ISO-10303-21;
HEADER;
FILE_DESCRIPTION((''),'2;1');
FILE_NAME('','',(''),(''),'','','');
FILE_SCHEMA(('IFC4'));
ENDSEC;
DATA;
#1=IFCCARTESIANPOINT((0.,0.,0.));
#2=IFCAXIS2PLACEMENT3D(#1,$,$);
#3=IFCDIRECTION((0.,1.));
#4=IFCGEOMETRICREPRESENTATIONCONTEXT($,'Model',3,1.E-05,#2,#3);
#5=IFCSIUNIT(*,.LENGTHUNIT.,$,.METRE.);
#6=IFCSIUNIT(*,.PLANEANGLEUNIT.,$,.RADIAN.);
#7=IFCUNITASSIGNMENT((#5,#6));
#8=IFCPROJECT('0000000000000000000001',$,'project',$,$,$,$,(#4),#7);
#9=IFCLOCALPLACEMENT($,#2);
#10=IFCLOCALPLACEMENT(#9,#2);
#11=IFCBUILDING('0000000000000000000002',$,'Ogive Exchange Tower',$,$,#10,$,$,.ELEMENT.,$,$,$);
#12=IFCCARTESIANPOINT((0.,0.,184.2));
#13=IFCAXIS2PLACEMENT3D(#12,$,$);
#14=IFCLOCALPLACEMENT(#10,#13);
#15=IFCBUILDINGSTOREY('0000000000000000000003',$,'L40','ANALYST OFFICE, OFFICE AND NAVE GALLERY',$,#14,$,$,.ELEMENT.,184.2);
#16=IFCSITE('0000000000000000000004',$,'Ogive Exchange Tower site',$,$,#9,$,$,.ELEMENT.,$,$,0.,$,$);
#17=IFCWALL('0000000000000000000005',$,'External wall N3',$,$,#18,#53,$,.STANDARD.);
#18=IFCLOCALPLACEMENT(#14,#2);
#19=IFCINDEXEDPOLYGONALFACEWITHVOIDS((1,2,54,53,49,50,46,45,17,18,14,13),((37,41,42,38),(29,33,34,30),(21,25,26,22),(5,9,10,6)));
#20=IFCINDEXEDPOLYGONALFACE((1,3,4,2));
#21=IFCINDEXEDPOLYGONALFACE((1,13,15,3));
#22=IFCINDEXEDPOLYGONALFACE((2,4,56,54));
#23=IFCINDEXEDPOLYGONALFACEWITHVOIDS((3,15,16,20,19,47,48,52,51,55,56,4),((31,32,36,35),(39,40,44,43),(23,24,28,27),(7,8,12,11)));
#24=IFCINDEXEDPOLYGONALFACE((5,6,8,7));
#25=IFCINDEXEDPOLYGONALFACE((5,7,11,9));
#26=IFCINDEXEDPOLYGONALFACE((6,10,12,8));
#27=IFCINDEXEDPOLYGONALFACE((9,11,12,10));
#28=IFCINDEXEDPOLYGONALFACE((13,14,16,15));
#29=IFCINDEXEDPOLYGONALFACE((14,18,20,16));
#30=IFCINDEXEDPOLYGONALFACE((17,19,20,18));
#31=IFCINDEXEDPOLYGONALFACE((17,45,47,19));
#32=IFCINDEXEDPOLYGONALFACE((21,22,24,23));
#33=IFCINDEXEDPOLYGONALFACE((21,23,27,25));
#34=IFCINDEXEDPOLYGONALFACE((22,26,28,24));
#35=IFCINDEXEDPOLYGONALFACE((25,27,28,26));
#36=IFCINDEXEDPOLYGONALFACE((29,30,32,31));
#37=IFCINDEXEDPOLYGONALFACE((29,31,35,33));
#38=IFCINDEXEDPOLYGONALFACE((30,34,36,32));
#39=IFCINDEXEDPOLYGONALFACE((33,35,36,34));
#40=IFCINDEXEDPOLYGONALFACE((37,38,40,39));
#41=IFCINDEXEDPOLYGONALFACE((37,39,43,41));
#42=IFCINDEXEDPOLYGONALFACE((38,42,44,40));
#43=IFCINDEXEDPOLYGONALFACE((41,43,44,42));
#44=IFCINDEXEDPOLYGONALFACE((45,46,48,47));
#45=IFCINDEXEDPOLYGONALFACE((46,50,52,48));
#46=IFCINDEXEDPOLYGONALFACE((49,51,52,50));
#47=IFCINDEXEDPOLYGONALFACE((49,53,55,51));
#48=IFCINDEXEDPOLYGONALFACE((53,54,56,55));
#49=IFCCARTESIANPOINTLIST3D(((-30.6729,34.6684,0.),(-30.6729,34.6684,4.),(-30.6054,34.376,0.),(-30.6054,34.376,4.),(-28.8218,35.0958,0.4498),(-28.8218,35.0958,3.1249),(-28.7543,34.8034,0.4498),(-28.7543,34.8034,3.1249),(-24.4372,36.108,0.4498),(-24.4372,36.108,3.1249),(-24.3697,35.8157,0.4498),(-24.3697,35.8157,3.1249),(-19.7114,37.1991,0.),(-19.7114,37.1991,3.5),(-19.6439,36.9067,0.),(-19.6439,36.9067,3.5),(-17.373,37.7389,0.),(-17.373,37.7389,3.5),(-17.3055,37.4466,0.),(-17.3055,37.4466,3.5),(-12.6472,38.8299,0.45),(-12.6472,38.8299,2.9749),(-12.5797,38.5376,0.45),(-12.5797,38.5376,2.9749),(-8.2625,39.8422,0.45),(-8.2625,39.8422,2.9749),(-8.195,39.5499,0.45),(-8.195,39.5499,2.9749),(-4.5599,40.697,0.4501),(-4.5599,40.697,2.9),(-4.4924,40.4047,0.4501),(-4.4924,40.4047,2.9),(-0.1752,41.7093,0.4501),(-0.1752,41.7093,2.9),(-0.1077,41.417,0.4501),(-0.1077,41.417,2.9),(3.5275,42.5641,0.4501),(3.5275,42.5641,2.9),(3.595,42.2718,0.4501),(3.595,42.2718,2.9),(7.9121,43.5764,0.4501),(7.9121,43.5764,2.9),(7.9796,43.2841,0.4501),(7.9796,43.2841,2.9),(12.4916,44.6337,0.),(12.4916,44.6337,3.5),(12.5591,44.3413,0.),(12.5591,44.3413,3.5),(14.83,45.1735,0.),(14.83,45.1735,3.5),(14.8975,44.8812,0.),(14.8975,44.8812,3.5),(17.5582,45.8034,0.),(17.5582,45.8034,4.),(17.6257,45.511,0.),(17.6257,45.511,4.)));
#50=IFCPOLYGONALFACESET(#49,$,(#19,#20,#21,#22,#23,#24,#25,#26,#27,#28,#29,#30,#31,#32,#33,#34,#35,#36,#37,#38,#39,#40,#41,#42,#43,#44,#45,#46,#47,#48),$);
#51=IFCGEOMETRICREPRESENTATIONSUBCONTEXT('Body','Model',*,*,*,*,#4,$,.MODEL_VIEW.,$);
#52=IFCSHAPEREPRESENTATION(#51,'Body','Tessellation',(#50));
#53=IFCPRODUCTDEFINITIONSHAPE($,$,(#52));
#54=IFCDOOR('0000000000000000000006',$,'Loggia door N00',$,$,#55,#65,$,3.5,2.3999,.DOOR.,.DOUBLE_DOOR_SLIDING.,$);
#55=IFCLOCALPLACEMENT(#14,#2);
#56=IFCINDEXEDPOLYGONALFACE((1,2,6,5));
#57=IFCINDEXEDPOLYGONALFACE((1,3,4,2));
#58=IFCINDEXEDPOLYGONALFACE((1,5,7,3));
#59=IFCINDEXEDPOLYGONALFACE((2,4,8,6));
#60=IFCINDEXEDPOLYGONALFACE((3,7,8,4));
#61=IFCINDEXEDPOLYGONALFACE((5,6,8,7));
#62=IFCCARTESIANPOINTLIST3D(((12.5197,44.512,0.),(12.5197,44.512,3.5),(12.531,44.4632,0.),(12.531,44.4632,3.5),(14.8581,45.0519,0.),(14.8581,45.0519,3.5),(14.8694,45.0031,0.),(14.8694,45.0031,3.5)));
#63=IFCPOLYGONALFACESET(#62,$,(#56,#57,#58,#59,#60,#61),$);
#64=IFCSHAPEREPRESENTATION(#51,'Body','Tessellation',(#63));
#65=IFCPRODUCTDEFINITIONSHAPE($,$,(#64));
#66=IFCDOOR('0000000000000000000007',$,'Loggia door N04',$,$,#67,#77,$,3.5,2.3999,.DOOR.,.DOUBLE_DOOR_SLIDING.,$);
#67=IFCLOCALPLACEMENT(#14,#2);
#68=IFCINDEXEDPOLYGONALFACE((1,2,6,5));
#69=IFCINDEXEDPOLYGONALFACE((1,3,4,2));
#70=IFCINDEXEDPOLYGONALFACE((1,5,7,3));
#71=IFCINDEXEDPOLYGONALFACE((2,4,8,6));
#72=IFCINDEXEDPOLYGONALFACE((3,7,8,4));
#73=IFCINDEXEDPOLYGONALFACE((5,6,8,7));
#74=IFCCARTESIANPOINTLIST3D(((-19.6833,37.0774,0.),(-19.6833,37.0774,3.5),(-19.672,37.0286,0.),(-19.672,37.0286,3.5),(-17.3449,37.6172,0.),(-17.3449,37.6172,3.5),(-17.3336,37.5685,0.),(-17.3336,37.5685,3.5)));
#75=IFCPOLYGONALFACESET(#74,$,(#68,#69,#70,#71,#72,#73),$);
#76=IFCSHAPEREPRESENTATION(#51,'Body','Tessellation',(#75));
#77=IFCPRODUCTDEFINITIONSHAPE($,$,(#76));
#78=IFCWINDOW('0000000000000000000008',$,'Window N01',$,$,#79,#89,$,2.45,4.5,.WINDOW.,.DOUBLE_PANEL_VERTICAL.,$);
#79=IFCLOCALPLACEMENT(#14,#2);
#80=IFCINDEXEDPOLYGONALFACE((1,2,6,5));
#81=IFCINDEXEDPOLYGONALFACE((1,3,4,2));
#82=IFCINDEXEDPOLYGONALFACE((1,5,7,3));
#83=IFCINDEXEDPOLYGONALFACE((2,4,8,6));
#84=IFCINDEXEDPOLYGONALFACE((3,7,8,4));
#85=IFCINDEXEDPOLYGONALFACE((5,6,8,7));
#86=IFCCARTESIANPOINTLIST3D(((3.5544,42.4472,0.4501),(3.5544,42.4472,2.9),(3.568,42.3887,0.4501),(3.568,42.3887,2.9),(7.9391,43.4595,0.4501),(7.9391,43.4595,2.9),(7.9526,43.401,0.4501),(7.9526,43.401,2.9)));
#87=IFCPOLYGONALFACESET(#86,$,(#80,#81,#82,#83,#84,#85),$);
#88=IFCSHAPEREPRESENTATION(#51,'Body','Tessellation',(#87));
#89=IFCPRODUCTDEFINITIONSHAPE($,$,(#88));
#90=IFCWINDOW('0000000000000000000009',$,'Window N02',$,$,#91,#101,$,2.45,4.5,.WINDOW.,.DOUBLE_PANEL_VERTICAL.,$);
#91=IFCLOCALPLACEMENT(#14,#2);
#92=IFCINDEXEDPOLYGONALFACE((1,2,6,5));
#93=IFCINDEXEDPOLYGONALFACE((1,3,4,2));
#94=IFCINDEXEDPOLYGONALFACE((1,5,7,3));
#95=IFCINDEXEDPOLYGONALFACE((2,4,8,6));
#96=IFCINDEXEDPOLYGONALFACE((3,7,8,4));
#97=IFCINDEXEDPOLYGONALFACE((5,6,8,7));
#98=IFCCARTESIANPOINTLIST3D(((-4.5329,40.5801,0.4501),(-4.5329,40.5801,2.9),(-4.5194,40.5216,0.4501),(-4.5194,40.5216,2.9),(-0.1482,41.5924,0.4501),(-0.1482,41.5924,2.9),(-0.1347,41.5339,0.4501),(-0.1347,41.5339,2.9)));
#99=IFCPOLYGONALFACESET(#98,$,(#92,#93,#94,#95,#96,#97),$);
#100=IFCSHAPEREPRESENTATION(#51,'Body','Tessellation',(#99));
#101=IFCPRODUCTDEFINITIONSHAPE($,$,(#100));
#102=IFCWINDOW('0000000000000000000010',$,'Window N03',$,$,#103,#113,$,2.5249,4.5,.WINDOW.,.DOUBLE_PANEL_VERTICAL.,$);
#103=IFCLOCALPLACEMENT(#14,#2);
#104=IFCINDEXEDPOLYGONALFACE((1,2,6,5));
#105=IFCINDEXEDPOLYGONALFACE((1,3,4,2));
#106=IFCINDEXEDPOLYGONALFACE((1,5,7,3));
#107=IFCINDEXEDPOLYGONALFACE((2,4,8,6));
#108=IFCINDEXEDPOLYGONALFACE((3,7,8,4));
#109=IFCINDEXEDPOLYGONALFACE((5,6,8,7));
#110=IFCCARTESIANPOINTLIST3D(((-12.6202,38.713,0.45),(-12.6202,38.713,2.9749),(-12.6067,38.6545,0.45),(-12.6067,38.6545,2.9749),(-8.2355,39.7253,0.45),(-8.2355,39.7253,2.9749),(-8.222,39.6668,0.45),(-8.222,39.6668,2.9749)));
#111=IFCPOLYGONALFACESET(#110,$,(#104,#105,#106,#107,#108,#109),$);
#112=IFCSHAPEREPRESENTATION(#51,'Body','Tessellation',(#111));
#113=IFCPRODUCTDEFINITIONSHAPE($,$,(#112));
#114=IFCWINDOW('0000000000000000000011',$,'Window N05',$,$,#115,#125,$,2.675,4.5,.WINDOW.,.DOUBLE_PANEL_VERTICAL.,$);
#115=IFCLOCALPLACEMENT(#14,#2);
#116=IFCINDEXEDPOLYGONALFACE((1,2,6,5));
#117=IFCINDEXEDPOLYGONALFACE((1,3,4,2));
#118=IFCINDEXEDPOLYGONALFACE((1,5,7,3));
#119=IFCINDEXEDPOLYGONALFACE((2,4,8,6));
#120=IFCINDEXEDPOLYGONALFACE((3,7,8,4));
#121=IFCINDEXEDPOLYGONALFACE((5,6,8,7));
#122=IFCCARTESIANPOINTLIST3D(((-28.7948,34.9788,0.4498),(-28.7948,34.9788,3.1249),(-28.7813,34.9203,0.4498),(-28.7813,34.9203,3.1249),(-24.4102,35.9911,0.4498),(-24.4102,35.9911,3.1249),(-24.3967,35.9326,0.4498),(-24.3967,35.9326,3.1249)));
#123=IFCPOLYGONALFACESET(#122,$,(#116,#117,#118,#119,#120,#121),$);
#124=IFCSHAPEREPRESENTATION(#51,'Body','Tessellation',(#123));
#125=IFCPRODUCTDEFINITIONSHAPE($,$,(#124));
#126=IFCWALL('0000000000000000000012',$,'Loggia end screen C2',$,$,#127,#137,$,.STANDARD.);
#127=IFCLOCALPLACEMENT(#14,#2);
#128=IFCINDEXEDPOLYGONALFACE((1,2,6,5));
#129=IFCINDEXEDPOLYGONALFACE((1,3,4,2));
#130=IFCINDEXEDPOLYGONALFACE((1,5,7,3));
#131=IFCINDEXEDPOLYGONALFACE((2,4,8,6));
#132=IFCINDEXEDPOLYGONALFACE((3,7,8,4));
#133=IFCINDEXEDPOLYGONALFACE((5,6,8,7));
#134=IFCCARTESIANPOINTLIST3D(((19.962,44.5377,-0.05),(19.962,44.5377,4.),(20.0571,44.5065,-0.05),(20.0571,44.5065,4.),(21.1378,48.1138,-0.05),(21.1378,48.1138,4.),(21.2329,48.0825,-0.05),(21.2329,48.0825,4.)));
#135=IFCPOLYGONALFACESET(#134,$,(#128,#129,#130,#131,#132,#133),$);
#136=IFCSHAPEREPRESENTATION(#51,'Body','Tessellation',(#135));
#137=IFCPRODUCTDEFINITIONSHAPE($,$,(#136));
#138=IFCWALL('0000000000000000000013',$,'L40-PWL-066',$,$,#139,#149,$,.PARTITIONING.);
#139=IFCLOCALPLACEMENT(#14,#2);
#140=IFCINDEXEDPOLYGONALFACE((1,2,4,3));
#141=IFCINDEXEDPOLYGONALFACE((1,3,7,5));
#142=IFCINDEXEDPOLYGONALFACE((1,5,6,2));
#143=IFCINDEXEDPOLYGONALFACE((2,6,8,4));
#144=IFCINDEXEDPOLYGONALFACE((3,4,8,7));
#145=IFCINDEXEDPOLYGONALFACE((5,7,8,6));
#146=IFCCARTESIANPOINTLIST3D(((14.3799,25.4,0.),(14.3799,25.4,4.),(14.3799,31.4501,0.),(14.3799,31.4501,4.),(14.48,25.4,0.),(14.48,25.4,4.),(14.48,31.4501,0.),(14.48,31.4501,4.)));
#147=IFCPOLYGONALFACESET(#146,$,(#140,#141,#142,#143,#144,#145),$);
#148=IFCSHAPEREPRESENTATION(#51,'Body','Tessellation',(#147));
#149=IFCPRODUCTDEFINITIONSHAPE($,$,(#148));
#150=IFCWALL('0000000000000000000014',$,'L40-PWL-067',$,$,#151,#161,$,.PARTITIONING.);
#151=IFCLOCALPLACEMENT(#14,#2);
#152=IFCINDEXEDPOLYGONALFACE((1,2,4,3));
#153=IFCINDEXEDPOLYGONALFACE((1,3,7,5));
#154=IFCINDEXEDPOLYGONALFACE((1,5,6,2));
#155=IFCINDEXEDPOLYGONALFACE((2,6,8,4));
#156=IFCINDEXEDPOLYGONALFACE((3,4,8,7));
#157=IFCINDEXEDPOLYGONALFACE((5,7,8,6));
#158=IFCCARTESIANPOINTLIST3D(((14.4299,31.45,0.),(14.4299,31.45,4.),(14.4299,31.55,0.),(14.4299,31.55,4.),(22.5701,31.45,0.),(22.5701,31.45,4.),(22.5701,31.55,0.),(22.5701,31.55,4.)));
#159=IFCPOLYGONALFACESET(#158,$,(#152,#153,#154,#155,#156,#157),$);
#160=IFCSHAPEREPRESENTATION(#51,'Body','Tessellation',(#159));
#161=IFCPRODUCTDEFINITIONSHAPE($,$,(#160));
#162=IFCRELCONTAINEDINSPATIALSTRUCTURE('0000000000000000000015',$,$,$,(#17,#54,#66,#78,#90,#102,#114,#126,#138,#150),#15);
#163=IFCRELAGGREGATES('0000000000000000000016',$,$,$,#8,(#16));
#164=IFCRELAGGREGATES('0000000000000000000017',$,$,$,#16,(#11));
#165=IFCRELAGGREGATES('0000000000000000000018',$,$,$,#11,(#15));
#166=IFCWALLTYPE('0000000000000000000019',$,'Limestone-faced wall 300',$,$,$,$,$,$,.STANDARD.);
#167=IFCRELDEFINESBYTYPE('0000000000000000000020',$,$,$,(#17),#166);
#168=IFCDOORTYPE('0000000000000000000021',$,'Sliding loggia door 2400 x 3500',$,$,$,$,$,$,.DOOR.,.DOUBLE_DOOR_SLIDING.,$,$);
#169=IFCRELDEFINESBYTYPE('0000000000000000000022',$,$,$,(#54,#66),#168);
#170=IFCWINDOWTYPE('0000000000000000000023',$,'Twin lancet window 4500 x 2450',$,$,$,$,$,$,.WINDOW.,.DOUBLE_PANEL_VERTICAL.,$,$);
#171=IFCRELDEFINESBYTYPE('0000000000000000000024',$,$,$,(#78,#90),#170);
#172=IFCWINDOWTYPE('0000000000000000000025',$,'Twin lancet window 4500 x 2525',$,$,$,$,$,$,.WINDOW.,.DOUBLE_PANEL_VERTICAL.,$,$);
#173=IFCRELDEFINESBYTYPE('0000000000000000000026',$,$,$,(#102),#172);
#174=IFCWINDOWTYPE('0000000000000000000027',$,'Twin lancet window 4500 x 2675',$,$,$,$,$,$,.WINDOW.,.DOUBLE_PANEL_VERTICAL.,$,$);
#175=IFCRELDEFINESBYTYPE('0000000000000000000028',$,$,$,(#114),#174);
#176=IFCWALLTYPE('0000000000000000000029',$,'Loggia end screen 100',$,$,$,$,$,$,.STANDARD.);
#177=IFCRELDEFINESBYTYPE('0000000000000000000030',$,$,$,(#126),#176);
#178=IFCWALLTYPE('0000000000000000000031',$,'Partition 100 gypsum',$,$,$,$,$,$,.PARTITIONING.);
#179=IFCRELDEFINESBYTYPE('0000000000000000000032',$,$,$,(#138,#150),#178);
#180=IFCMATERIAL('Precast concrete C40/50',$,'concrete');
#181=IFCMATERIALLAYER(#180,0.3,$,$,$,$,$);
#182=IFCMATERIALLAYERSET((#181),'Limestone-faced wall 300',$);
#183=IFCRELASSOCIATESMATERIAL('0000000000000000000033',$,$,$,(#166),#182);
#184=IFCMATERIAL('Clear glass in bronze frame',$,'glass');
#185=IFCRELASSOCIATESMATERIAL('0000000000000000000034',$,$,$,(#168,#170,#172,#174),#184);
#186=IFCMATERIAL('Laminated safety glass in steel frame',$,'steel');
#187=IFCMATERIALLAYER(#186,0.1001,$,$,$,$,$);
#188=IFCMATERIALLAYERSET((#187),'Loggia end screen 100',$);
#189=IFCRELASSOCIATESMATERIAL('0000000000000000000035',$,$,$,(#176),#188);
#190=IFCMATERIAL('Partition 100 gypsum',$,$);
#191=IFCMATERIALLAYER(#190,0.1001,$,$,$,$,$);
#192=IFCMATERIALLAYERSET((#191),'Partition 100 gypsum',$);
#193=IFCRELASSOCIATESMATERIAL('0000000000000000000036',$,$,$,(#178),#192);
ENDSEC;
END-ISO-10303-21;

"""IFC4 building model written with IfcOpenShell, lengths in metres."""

from ifc_helpers import new_model, si_unit, direction, frame, frame_2d, origin, place, context, subcontext, project, spatial, rectangle, extrude, material, layer, layer_set, type_object, element, fill, save


model = new_model("IFC4")

# Units and contexts
model_context = context("Model", 3, precision=1e-05, world=origin(), true_north=direction((0.0, 1.0)))
body_context = subcontext(model_context, "Body", "Model", "MODEL_VIEW")
ifc_project = project(units=[si_unit("LENGTHUNIT", "METRE"), si_unit("PLANEANGLEUNIT", "RADIAN")], contexts=[model_context])

# Site, building, storey
site_placement = place(None, origin())
site = spatial("IfcSite", under=ifc_project, at=site_placement, Name="Ogive Exchange Tower site", CompositionType="ELEMENT", RefElevation=0.0)
building_placement = place(site_placement, origin())
building = spatial("IfcBuilding", under=site, at=building_placement, Name="Ogive Exchange Tower", CompositionType="ELEMENT")
storey_placement = place(building_placement, frame((0.0, 0.0, 184.2)))
storey = spatial("IfcBuildingStorey", under=building, at=storey_placement, Name="L40", Description="ANALYST OFFICE, OFFICE AND NAVE GALLERY", CompositionType="ELEMENT", Elevation=184.2)

# Wall, openings, doors, windows
ifc_material_1 = material(Name="Precast concrete C40/50", Category="concrete")
ifc_layer_1 = layer(ifc_material_1, 0.3)
ifc_layer_set_1 = layer_set([ifc_layer_1], Name="Limestone-faced wall 300")
wall_type_1 = type_object("IfcWallType", Name="Limestone-faced wall 300", PredefinedType="STANDARD", material=ifc_layer_set_1)
wall_1_placement = place(storey_placement, frame((17.592, 45.6572, 0.0), z_axis=(0.0, 0.0, 1.0), x_axis=(-0.97437, -0.22495, 0.0)))
wall_1 = element("IfcWall", 1, at=wall_1_placement, inside=storey, type_object=wall_type_1, Name="External wall N3", PredefinedType="STANDARD", context=body_context, shape_type="SweptSolid", body=[
    extrude(rectangle(XDim=49.4998, YDim=0.3, at=frame_2d((24.75, 0.0))), origin(), (0.0, 0.0, 1.0), 4.0),
])
opening_1_placement = place(wall_1_placement, frame((2.8, 0.0, 0.0)))
opening_1 = element("IfcOpeningElement", 2, at=opening_1_placement, cuts=wall_1, PredefinedType="OPENING", context=body_context, shape_type="SweptSolid", body=[
    extrude(rectangle(XDim=2.3999, YDim=3.5, at=frame_2d((1.2, 1.75))), frame((0.0, 0.1599, 0.0), z_axis=(0.0, -1.0, 0.0), x_axis=(1.0, 0.0, 0.0)), (0.0, 0.0, 1.0), 0.3201),
])
opening_2_placement = place(wall_1_placement, frame((9.8999, 0.0, 0.45)))
opening_2 = element("IfcOpeningElement", 3, at=opening_2_placement, cuts=wall_1, PredefinedType="OPENING", context=body_context, shape_type="SweptSolid", body=[
    extrude(rectangle(XDim=4.5, YDim=2.45, at=frame_2d((2.25, 1.2251))), frame((0.0, 0.1599, 0.0), z_axis=(0.0, -1.0, 0.0), x_axis=(1.0, 0.0, 0.0)), (0.0, 0.0, 1.0), 0.3201),
])
opening_3_placement = place(wall_1_placement, frame((18.2, 0.0, 0.45)))
opening_3 = element("IfcOpeningElement", 4, at=opening_3_placement, cuts=wall_1, PredefinedType="OPENING", context=body_context, shape_type="SweptSolid", body=[
    extrude(rectangle(XDim=4.5, YDim=2.45, at=frame_2d((2.25, 1.2251))), frame((0.0, 0.1599, 0.0), z_axis=(0.0, -1.0, 0.0), x_axis=(1.0, 0.0, 0.0)), (0.0, 0.0, 1.0), 0.3201),
])
opening_4_placement = place(wall_1_placement, frame((26.5, 0.0, 0.45)))
opening_4 = element("IfcOpeningElement", 5, at=opening_4_placement, cuts=wall_1, PredefinedType="OPENING", context=body_context, shape_type="SweptSolid", body=[
    extrude(rectangle(XDim=4.5, YDim=2.5249, at=frame_2d((2.25, 1.2625))), frame((0.0, 0.1599, 0.0), z_axis=(0.0, -1.0, 0.0), x_axis=(1.0, 0.0, 0.0)), (0.0, 0.0, 1.0), 0.3201),
])
opening_5_placement = place(wall_1_placement, frame((35.8501, 0.0, 0.0)))
opening_5 = element("IfcOpeningElement", 6, at=opening_5_placement, cuts=wall_1, PredefinedType="OPENING", context=body_context, shape_type="SweptSolid", body=[
    extrude(rectangle(XDim=2.3999, YDim=3.5, at=frame_2d((1.2, 1.75))), frame((0.0, 0.1599, 0.0), z_axis=(0.0, -1.0, 0.0), x_axis=(1.0, 0.0, 0.0)), (0.0, 0.0, 1.0), 0.3201),
])
opening_6_placement = place(wall_1_placement, frame((43.1001, 0.0, 0.45)))
opening_6 = element("IfcOpeningElement", 7, at=opening_6_placement, cuts=wall_1, PredefinedType="OPENING", context=body_context, shape_type="SweptSolid", body=[
    extrude(rectangle(XDim=4.5, YDim=2.675, at=frame_2d((2.25, 1.3374))), frame((0.0, 0.1599, 0.0), z_axis=(0.0, -1.0, 0.0), x_axis=(1.0, 0.0, 0.0)), (0.0, 0.0, 1.0), 0.3201),
])
ifc_material_2 = material(Name="Clear glass in bronze frame", Category="glass")
door_type = type_object("IfcDoorType", Name="Sliding loggia door 2400 x 3500", OperationType="DOUBLE_DOOR_SLIDING", PredefinedType="DOOR", material=ifc_material_2)
door_1_placement = place(opening_1_placement, origin())
door_1 = element("IfcDoor", 8, at=door_1_placement, inside=storey, type_object=door_type, Name="Loggia door N00", OperationType="DOUBLE_DOOR_SLIDING", OverallHeight=3.5, OverallWidth=2.3999, PredefinedType="DOOR", context=body_context, shape_type="SweptSolid", body=[
    extrude(rectangle(XDim=2.3999, YDim=3.5, at=frame_2d((1.2, 1.75))), frame((0.0, 0.0249, 0.0), z_axis=(0.0, -1.0, 0.0), x_axis=(1.0, 0.0, 0.0)), (0.0, 0.0, 1.0), 0.05),
])
fill(opening_1, door_1)
door_2_placement = place(opening_5_placement, origin())
door_2 = element("IfcDoor", 9, at=door_2_placement, inside=storey, type_object=door_type, Name="Loggia door N04", OperationType="DOUBLE_DOOR_SLIDING", OverallHeight=3.5, OverallWidth=2.3999, PredefinedType="DOOR", context=body_context, shape_type="SweptSolid", body=[
    extrude(rectangle(XDim=2.3999, YDim=3.5, at=frame_2d((1.2, 1.75))), frame((0.0, 0.0249, 0.0), z_axis=(0.0, -1.0, 0.0), x_axis=(1.0, 0.0, 0.0)), (0.0, 0.0, 1.0), 0.05),
])
fill(opening_5, door_2)
window_type_1 = type_object("IfcWindowType", Name="Twin lancet window 4500 x 2450", PartitioningType="DOUBLE_PANEL_VERTICAL", PredefinedType="WINDOW", material=ifc_material_2)
window_1_placement = place(opening_2_placement, origin())
window_1 = element("IfcWindow", 10, at=window_1_placement, inside=storey, type_object=window_type_1, Name="Window N01", OverallHeight=2.45, OverallWidth=4.5, PartitioningType="DOUBLE_PANEL_VERTICAL", PredefinedType="WINDOW", context=body_context, shape_type="SweptSolid", body=[
    extrude(rectangle(XDim=4.5, YDim=2.45, at=frame_2d((2.25, 1.2251))), frame((0.0, 0.03, 0.0), z_axis=(0.0, -1.0, 0.0), x_axis=(1.0, 0.0, 0.0)), (0.0, 0.0, 1.0), 0.0601),
])
fill(opening_2, window_1)
window_2_placement = place(opening_3_placement, origin())
window_2 = element("IfcWindow", 11, at=window_2_placement, inside=storey, type_object=window_type_1, Name="Window N02", OverallHeight=2.45, OverallWidth=4.5, PartitioningType="DOUBLE_PANEL_VERTICAL", PredefinedType="WINDOW", context=body_context, shape_type="SweptSolid", body=[
    extrude(rectangle(XDim=4.5, YDim=2.45, at=frame_2d((2.25, 1.2251))), frame((0.0, 0.03, 0.0), z_axis=(0.0, -1.0, 0.0), x_axis=(1.0, 0.0, 0.0)), (0.0, 0.0, 1.0), 0.0601),
])
fill(opening_3, window_2)
window_type_2 = type_object("IfcWindowType", Name="Twin lancet window 4500 x 2525", PartitioningType="DOUBLE_PANEL_VERTICAL", PredefinedType="WINDOW", material=ifc_material_2)
window_3_placement = place(opening_4_placement, origin())
window_3 = element("IfcWindow", 12, at=window_3_placement, inside=storey, type_object=window_type_2, Name="Window N03", OverallHeight=2.5249, OverallWidth=4.5, PartitioningType="DOUBLE_PANEL_VERTICAL", PredefinedType="WINDOW", context=body_context, shape_type="SweptSolid", body=[
    extrude(rectangle(XDim=4.5, YDim=2.5249, at=frame_2d((2.25, 1.2625))), frame((0.0, 0.03, 0.0), z_axis=(0.0, -1.0, 0.0), x_axis=(1.0, 0.0, 0.0)), (0.0, 0.0, 1.0), 0.0601),
])
fill(opening_4, window_3)
window_type_3 = type_object("IfcWindowType", Name="Twin lancet window 4500 x 2675", PartitioningType="DOUBLE_PANEL_VERTICAL", PredefinedType="WINDOW", material=ifc_material_2)
window_4_placement = place(opening_6_placement, origin())
window_4 = element("IfcWindow", 13, at=window_4_placement, inside=storey, type_object=window_type_3, Name="Window N05", OverallHeight=2.675, OverallWidth=4.5, PartitioningType="DOUBLE_PANEL_VERTICAL", PredefinedType="WINDOW", context=body_context, shape_type="SweptSolid", body=[
    extrude(rectangle(XDim=4.5, YDim=2.675, at=frame_2d((2.25, 1.3374))), frame((0.0, 0.03, 0.0), z_axis=(0.0, -1.0, 0.0), x_axis=(1.0, 0.0, 0.0)), (0.0, 0.0, 1.0), 0.0601),
])
fill(opening_6, window_4)

# Walls
ifc_material_3 = material(Name="Laminated safety glass in steel frame", Category="steel")
ifc_layer_2 = layer(ifc_material_3, 0.1001)
ifc_layer_set_2 = layer_set([ifc_layer_2], Name="Loggia end screen 100")
wall_type_2 = type_object("IfcWallType", Name="Loggia end screen 100", PredefinedType="STANDARD", material=ifc_layer_set_2)
wall_2_placement = place(storey_placement, frame((20.0095, 44.522, -0.05), z_axis=(0.0, 0.0, 1.0), x_axis=(0.312334, 0.949972, 0.0)))
element("IfcWall", 14, at=wall_2_placement, inside=storey, type_object=wall_type_2, Name="Loggia end screen C2", PredefinedType="STANDARD", context=body_context, shape_type="SweptSolid", body=[
    extrude(rectangle(XDim=3.7644, YDim=0.1001, at=frame_2d((1.8823, 0.0))), origin(), (0.0, 0.0, 1.0), 4.05),
])
ifc_material_4 = material(Name="Partition 100 gypsum")
ifc_layer_3 = layer(ifc_material_4, 0.1001)
ifc_layer_set_3 = layer_set([ifc_layer_3], Name="Partition 100 gypsum")
wall_type_3 = type_object("IfcWallType", Name="Partition 100 gypsum", PredefinedType="PARTITIONING", material=ifc_layer_set_3)
wall_3_placement = place(storey_placement, frame((14.4299, 31.45, 0.0), z_axis=(0.0, 0.0, 1.0), x_axis=(0.0, -1.0, 0.0)))
element("IfcWall", 15, at=wall_3_placement, inside=storey, type_object=wall_type_3, Name="L40-PWL-066", PredefinedType="PARTITIONING", context=body_context, shape_type="SweptSolid", body=[
    extrude(rectangle(XDim=6.05, YDim=0.1001, at=frame_2d((3.0249, 0.0))), origin(), (0.0, 0.0, 1.0), 4.0),
])
wall_4_placement = place(storey_placement, frame((14.4299, 31.5, 0.0), z_axis=(0.0, 0.0, 1.0), x_axis=(1.0, 0.0, 0.0)))
element("IfcWall", 16, at=wall_4_placement, inside=storey, type_object=wall_type_3, Name="L40-PWL-067", PredefinedType="PARTITIONING", context=body_context, shape_type="SweptSolid", body=[
    extrude(rectangle(XDim=8.1401, YDim=0.1001, at=frame_2d((4.0701, 0.0))), origin(), (0.0, 0.0, 1.0), 4.0),
])

save(model, "model.ifc")
